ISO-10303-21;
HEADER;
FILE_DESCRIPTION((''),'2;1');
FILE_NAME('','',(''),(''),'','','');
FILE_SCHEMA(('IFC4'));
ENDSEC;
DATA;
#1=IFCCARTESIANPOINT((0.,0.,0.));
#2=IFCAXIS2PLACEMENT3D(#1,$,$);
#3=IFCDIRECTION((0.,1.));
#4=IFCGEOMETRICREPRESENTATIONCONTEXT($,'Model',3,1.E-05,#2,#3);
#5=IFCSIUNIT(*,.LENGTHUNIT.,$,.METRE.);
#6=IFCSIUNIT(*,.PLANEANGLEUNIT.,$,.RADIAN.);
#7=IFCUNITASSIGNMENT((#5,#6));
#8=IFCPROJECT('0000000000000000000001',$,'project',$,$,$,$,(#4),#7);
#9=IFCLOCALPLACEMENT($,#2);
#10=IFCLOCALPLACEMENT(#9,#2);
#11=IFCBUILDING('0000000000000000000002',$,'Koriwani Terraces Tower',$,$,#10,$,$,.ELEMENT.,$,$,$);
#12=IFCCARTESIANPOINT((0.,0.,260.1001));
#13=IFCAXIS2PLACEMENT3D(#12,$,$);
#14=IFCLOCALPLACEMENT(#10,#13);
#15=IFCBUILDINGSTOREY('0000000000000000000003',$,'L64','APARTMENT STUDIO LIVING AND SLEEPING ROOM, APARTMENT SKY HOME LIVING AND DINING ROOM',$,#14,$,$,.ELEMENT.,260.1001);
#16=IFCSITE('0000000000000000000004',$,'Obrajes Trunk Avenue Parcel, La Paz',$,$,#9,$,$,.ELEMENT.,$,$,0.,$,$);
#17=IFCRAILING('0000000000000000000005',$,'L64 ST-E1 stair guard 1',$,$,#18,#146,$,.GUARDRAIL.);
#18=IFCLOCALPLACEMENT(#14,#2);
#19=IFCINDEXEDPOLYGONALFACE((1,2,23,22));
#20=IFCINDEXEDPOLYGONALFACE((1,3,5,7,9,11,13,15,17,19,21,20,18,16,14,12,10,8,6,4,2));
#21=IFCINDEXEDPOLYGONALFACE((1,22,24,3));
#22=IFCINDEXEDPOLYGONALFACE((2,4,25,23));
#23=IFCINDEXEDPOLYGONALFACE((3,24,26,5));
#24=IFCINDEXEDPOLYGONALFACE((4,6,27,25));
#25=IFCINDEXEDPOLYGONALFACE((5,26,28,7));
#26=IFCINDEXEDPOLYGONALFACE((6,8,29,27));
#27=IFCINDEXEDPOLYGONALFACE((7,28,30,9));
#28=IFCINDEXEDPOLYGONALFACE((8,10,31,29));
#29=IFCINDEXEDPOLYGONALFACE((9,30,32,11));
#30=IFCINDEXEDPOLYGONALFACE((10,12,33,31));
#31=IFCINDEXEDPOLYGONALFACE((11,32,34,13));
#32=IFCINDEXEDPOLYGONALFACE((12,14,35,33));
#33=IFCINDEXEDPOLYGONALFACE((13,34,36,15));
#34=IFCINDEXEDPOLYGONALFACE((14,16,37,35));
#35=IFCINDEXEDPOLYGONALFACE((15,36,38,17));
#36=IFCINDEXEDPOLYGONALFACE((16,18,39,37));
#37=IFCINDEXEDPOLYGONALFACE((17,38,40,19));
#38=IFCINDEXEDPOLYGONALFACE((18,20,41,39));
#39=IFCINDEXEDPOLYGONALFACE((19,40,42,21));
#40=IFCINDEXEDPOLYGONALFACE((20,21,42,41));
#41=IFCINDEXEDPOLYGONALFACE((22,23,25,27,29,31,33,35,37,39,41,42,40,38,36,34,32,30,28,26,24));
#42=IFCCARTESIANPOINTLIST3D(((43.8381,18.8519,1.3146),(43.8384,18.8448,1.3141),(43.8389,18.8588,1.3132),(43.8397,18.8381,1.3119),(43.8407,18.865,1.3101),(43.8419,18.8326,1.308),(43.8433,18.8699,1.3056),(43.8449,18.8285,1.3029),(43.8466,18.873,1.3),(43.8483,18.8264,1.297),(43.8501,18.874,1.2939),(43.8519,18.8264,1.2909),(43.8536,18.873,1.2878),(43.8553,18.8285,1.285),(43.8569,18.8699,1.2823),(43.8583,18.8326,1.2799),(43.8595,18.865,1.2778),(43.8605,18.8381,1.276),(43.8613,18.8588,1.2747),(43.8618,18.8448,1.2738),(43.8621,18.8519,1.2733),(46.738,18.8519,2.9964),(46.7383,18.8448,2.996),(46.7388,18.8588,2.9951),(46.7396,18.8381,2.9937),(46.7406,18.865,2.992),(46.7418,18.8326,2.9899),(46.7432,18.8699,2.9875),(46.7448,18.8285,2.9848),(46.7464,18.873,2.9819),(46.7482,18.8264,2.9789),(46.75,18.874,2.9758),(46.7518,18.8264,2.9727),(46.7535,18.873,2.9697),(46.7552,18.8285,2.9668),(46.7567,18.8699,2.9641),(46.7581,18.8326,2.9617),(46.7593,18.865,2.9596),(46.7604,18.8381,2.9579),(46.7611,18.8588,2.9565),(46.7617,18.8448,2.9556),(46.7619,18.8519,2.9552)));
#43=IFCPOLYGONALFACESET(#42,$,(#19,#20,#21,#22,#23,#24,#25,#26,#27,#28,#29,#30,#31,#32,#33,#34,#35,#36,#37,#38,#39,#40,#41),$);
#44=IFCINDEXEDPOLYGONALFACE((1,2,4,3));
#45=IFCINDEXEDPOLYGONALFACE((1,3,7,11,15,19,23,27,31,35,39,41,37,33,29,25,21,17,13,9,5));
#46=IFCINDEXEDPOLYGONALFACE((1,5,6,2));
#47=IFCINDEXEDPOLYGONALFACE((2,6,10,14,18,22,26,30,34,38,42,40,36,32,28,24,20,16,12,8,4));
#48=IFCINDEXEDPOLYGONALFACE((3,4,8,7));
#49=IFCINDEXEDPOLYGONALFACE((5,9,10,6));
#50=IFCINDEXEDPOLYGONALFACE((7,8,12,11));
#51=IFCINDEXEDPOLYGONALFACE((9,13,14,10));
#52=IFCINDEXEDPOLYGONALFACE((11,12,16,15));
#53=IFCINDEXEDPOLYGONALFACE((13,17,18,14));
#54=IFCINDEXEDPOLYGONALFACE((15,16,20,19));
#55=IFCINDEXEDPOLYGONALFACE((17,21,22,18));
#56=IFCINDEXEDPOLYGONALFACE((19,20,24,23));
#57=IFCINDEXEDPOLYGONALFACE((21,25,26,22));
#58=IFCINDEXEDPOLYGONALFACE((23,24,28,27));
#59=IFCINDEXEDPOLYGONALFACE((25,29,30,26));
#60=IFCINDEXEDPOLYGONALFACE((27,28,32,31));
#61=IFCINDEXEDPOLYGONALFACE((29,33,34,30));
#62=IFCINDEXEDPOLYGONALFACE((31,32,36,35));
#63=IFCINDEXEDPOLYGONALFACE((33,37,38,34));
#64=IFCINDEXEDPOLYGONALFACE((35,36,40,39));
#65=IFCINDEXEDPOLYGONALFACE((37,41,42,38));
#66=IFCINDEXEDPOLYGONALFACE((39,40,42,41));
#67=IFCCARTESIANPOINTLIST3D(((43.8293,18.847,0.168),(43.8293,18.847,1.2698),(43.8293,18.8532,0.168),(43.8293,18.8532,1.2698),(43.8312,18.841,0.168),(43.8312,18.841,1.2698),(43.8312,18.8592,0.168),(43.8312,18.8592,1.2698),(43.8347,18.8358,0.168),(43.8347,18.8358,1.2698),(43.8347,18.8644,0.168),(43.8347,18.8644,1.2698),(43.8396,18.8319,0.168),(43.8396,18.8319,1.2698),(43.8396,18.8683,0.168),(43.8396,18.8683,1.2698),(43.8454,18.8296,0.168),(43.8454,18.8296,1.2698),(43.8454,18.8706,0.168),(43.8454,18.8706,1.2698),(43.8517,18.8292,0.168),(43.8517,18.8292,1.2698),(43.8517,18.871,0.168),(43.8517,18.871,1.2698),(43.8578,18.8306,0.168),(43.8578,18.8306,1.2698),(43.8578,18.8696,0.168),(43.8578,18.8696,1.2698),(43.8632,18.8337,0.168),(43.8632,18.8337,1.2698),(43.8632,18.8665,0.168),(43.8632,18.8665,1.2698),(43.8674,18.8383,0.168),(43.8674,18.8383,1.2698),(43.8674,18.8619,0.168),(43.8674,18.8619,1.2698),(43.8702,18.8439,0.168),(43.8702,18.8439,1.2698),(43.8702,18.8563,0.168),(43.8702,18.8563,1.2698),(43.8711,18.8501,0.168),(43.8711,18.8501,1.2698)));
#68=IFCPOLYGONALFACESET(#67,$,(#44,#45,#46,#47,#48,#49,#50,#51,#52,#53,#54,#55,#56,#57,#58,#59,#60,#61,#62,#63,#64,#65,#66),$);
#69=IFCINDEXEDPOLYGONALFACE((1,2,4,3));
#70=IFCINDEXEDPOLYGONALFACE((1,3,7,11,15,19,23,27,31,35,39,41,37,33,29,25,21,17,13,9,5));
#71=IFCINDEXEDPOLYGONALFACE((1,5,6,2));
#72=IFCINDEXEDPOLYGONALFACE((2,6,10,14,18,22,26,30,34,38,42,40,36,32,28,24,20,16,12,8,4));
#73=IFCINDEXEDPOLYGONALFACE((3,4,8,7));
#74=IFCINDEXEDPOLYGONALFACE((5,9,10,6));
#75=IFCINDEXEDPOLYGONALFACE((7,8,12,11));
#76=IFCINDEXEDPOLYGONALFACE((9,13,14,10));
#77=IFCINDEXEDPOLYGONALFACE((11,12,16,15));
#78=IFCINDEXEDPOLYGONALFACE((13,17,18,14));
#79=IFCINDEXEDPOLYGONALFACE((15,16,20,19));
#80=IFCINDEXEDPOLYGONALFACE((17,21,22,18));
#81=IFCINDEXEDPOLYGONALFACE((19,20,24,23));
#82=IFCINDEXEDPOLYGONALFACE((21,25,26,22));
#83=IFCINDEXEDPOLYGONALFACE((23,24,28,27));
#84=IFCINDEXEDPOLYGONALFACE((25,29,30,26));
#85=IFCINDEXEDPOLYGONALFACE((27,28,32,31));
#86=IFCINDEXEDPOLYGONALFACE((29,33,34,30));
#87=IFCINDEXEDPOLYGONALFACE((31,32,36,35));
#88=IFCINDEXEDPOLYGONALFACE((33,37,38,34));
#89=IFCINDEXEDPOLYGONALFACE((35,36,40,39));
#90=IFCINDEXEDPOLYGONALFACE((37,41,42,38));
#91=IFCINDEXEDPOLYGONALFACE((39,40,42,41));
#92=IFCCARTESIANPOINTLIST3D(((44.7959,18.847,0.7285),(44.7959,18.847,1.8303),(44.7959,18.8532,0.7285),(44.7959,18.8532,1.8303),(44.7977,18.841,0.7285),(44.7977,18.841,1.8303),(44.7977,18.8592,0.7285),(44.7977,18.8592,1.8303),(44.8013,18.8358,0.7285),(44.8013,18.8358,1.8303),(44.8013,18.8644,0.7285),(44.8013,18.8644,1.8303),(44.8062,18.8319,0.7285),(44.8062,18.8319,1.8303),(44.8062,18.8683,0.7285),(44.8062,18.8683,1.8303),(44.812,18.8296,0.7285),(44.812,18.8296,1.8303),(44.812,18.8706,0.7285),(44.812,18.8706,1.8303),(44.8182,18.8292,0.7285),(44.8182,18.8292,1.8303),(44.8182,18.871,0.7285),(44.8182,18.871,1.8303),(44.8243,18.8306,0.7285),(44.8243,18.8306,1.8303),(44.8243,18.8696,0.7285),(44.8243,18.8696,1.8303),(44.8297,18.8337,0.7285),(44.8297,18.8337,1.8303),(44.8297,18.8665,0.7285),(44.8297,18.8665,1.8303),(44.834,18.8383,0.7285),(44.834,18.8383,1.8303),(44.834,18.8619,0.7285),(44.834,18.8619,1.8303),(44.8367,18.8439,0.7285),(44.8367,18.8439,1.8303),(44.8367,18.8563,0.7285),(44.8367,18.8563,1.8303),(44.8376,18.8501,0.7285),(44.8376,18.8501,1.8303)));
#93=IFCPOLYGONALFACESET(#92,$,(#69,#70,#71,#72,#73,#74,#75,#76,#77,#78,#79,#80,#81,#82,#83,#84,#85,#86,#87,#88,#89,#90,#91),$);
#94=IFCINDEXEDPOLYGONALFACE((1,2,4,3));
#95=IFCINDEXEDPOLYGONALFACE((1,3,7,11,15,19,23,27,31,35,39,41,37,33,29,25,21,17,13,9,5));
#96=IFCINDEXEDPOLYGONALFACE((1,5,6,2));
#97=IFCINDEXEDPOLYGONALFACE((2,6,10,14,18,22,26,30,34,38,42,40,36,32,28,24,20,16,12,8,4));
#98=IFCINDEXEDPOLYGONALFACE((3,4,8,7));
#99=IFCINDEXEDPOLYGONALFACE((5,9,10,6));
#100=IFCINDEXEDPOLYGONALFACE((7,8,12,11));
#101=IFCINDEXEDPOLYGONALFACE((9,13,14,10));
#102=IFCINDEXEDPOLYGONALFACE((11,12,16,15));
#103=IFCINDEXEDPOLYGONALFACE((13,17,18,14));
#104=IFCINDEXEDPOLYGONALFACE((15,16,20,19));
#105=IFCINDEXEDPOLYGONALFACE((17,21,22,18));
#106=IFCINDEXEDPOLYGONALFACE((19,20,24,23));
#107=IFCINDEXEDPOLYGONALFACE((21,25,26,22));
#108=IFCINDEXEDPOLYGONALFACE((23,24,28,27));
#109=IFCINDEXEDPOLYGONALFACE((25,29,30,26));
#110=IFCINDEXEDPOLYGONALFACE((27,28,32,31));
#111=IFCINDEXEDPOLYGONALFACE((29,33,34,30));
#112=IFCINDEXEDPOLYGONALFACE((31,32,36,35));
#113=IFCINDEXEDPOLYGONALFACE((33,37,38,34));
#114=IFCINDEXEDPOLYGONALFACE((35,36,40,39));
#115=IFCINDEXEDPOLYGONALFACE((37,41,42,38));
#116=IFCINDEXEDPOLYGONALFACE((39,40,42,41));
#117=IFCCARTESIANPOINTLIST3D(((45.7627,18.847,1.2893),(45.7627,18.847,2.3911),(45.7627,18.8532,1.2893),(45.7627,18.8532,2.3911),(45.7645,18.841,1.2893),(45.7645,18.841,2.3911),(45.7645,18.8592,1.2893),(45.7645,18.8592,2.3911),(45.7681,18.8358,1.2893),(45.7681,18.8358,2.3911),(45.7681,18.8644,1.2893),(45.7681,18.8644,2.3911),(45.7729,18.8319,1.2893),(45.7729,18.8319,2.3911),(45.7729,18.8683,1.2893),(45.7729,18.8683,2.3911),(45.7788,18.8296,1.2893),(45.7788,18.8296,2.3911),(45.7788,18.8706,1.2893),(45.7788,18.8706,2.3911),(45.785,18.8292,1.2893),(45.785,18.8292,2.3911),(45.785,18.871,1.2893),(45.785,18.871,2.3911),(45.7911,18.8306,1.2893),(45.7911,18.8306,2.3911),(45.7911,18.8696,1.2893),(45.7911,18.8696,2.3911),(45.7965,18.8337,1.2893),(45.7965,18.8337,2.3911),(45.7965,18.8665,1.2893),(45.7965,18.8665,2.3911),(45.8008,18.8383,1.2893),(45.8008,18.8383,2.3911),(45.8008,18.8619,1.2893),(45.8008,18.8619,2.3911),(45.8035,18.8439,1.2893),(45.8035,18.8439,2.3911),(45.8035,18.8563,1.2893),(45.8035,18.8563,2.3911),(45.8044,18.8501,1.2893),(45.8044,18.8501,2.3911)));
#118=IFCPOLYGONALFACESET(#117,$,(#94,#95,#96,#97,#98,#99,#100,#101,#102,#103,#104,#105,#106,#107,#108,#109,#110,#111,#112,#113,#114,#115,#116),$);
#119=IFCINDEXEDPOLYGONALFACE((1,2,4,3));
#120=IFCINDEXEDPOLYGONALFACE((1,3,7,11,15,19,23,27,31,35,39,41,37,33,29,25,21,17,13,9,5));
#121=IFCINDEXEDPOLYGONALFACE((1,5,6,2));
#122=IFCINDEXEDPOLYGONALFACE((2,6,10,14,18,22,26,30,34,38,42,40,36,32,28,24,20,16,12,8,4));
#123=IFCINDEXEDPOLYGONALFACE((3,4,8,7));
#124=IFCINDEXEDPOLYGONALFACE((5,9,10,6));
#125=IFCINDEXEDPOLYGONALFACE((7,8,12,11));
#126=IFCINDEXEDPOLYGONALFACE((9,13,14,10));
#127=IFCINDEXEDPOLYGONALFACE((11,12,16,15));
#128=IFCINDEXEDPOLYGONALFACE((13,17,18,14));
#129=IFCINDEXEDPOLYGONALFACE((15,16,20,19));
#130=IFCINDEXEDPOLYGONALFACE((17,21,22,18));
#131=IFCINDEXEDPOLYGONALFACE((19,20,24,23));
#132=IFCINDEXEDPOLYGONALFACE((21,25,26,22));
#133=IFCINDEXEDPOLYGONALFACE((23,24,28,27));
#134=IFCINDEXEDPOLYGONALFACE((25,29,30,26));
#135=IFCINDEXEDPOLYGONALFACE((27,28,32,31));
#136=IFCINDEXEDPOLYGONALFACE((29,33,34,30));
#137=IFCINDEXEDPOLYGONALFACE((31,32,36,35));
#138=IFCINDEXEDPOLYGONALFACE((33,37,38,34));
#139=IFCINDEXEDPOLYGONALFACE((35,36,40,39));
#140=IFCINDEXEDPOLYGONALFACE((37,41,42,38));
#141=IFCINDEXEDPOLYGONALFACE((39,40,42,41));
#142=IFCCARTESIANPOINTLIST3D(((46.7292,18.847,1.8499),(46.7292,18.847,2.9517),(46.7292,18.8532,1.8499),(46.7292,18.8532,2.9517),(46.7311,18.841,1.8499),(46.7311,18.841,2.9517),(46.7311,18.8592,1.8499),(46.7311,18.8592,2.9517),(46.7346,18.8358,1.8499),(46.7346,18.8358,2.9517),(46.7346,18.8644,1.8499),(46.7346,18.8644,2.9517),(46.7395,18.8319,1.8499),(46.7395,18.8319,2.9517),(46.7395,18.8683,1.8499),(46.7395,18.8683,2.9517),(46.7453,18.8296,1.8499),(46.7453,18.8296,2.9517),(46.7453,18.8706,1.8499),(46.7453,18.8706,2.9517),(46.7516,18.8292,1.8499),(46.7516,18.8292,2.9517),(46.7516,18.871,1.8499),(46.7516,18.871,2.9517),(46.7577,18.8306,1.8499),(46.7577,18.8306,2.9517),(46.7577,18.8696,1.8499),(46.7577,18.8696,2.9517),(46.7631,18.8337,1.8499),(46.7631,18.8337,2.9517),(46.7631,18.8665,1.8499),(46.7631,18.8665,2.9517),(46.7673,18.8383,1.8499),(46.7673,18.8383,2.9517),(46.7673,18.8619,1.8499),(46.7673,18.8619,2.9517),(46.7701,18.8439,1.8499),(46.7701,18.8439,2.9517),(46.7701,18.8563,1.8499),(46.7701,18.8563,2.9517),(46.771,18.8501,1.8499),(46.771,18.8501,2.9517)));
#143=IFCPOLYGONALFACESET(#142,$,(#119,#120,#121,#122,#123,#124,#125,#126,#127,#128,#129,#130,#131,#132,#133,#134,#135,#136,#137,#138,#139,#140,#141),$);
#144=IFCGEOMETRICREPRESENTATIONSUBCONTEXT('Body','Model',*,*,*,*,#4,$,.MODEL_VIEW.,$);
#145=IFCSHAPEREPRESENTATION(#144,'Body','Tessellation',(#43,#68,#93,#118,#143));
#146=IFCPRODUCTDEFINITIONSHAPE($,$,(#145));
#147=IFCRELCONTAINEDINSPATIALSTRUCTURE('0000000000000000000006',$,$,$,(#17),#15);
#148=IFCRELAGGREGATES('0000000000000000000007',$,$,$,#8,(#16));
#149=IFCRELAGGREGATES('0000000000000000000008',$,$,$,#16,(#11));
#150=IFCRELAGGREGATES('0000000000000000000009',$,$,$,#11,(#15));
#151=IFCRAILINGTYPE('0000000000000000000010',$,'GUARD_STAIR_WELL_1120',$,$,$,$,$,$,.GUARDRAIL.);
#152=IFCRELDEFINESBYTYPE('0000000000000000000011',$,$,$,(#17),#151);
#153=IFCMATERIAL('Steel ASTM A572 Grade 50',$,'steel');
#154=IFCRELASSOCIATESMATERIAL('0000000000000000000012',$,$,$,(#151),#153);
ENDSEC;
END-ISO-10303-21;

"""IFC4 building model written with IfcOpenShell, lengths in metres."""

from ifc_helpers import new_model, si_unit, direction, frame, origin, origin_2d, place, context, subcontext, project, spatial, circle, extrude, material, type_object, element, save


model = new_model("IFC4")

# Units and contexts
model_context = context("Model", 3, precision=1e-05, world=origin(), true_north=direction((0.0, 1.0)))
body_context = subcontext(model_context, "Body", "Model", "MODEL_VIEW")
ifc_project = project(units=[si_unit("LENGTHUNIT", "METRE"), si_unit("PLANEANGLEUNIT", "RADIAN")], contexts=[model_context])

# Site, building, storey
site_placement = place(None, origin())
site = spatial("IfcSite", under=ifc_project, at=site_placement, Name="Obrajes Trunk Avenue Parcel, La Paz", CompositionType="ELEMENT", RefElevation=0.0)
building_placement = place(site_placement, origin())
building = spatial("IfcBuilding", under=site, at=building_placement, Name="Koriwani Terraces Tower", CompositionType="ELEMENT")
storey_placement = place(building_placement, frame((0.0, 0.0, 260.1001)))
storey = spatial("IfcBuildingStorey", under=building, at=storey_placement, Name="L64", Description="APARTMENT STUDIO LIVING AND SLEEPING ROOM, APARTMENT SKY HOME LIVING AND DINING ROOM", CompositionType="ELEMENT", Elevation=260.1001)

# Shared definitions
ifc_material_1 = material(Name="Steel ASTM A572 Grade 50", Category="steel")

# Railing
railing_type_1 = type_object("IfcRailingType", Name="GUARD_STAIR_WELL_1120", PredefinedType="GUARDRAIL", material=ifc_material_1)
railing_1_placement = place(storey_placement, frame((43.8501, 18.8501, 0.168)))
element("IfcRailing", 1, at=railing_1_placement, inside=storey, type_object=railing_type_1, Name="L64 ST-E1 stair guard 1", PredefinedType="GUARDRAIL", context=body_context, shape_type="SweptSolid", body=[
    extrude(circle(Radius=0.0239, at=origin_2d()), frame((0.0, 0.0, 1.126), z_axis=(0.865039, 0.0, 0.501705), x_axis=(0.0, 1.0, 0.0)), (0.0, 0.0, 1.0), 3.3523),
    extrude(circle(Radius=0.021, at=origin_2d()), origin(), (0.0, 0.0, 1.0), 1.1018),
    extrude(circle(Radius=0.021, at=origin_2d()), frame((0.9666, 0.0, 0.5605)), (0.0, 0.0, 1.0), 1.1018),
    extrude(circle(Radius=0.021, at=origin_2d()), frame((1.9333, 0.0, 1.1213)), (0.0, 0.0, 1.0), 1.1018),
    extrude(circle(Radius=0.021, at=origin_2d()), frame((2.8999, 0.0, 1.6819)), (0.0, 0.0, 1.0), 1.1018),
])

save(model, "model.ifc")
